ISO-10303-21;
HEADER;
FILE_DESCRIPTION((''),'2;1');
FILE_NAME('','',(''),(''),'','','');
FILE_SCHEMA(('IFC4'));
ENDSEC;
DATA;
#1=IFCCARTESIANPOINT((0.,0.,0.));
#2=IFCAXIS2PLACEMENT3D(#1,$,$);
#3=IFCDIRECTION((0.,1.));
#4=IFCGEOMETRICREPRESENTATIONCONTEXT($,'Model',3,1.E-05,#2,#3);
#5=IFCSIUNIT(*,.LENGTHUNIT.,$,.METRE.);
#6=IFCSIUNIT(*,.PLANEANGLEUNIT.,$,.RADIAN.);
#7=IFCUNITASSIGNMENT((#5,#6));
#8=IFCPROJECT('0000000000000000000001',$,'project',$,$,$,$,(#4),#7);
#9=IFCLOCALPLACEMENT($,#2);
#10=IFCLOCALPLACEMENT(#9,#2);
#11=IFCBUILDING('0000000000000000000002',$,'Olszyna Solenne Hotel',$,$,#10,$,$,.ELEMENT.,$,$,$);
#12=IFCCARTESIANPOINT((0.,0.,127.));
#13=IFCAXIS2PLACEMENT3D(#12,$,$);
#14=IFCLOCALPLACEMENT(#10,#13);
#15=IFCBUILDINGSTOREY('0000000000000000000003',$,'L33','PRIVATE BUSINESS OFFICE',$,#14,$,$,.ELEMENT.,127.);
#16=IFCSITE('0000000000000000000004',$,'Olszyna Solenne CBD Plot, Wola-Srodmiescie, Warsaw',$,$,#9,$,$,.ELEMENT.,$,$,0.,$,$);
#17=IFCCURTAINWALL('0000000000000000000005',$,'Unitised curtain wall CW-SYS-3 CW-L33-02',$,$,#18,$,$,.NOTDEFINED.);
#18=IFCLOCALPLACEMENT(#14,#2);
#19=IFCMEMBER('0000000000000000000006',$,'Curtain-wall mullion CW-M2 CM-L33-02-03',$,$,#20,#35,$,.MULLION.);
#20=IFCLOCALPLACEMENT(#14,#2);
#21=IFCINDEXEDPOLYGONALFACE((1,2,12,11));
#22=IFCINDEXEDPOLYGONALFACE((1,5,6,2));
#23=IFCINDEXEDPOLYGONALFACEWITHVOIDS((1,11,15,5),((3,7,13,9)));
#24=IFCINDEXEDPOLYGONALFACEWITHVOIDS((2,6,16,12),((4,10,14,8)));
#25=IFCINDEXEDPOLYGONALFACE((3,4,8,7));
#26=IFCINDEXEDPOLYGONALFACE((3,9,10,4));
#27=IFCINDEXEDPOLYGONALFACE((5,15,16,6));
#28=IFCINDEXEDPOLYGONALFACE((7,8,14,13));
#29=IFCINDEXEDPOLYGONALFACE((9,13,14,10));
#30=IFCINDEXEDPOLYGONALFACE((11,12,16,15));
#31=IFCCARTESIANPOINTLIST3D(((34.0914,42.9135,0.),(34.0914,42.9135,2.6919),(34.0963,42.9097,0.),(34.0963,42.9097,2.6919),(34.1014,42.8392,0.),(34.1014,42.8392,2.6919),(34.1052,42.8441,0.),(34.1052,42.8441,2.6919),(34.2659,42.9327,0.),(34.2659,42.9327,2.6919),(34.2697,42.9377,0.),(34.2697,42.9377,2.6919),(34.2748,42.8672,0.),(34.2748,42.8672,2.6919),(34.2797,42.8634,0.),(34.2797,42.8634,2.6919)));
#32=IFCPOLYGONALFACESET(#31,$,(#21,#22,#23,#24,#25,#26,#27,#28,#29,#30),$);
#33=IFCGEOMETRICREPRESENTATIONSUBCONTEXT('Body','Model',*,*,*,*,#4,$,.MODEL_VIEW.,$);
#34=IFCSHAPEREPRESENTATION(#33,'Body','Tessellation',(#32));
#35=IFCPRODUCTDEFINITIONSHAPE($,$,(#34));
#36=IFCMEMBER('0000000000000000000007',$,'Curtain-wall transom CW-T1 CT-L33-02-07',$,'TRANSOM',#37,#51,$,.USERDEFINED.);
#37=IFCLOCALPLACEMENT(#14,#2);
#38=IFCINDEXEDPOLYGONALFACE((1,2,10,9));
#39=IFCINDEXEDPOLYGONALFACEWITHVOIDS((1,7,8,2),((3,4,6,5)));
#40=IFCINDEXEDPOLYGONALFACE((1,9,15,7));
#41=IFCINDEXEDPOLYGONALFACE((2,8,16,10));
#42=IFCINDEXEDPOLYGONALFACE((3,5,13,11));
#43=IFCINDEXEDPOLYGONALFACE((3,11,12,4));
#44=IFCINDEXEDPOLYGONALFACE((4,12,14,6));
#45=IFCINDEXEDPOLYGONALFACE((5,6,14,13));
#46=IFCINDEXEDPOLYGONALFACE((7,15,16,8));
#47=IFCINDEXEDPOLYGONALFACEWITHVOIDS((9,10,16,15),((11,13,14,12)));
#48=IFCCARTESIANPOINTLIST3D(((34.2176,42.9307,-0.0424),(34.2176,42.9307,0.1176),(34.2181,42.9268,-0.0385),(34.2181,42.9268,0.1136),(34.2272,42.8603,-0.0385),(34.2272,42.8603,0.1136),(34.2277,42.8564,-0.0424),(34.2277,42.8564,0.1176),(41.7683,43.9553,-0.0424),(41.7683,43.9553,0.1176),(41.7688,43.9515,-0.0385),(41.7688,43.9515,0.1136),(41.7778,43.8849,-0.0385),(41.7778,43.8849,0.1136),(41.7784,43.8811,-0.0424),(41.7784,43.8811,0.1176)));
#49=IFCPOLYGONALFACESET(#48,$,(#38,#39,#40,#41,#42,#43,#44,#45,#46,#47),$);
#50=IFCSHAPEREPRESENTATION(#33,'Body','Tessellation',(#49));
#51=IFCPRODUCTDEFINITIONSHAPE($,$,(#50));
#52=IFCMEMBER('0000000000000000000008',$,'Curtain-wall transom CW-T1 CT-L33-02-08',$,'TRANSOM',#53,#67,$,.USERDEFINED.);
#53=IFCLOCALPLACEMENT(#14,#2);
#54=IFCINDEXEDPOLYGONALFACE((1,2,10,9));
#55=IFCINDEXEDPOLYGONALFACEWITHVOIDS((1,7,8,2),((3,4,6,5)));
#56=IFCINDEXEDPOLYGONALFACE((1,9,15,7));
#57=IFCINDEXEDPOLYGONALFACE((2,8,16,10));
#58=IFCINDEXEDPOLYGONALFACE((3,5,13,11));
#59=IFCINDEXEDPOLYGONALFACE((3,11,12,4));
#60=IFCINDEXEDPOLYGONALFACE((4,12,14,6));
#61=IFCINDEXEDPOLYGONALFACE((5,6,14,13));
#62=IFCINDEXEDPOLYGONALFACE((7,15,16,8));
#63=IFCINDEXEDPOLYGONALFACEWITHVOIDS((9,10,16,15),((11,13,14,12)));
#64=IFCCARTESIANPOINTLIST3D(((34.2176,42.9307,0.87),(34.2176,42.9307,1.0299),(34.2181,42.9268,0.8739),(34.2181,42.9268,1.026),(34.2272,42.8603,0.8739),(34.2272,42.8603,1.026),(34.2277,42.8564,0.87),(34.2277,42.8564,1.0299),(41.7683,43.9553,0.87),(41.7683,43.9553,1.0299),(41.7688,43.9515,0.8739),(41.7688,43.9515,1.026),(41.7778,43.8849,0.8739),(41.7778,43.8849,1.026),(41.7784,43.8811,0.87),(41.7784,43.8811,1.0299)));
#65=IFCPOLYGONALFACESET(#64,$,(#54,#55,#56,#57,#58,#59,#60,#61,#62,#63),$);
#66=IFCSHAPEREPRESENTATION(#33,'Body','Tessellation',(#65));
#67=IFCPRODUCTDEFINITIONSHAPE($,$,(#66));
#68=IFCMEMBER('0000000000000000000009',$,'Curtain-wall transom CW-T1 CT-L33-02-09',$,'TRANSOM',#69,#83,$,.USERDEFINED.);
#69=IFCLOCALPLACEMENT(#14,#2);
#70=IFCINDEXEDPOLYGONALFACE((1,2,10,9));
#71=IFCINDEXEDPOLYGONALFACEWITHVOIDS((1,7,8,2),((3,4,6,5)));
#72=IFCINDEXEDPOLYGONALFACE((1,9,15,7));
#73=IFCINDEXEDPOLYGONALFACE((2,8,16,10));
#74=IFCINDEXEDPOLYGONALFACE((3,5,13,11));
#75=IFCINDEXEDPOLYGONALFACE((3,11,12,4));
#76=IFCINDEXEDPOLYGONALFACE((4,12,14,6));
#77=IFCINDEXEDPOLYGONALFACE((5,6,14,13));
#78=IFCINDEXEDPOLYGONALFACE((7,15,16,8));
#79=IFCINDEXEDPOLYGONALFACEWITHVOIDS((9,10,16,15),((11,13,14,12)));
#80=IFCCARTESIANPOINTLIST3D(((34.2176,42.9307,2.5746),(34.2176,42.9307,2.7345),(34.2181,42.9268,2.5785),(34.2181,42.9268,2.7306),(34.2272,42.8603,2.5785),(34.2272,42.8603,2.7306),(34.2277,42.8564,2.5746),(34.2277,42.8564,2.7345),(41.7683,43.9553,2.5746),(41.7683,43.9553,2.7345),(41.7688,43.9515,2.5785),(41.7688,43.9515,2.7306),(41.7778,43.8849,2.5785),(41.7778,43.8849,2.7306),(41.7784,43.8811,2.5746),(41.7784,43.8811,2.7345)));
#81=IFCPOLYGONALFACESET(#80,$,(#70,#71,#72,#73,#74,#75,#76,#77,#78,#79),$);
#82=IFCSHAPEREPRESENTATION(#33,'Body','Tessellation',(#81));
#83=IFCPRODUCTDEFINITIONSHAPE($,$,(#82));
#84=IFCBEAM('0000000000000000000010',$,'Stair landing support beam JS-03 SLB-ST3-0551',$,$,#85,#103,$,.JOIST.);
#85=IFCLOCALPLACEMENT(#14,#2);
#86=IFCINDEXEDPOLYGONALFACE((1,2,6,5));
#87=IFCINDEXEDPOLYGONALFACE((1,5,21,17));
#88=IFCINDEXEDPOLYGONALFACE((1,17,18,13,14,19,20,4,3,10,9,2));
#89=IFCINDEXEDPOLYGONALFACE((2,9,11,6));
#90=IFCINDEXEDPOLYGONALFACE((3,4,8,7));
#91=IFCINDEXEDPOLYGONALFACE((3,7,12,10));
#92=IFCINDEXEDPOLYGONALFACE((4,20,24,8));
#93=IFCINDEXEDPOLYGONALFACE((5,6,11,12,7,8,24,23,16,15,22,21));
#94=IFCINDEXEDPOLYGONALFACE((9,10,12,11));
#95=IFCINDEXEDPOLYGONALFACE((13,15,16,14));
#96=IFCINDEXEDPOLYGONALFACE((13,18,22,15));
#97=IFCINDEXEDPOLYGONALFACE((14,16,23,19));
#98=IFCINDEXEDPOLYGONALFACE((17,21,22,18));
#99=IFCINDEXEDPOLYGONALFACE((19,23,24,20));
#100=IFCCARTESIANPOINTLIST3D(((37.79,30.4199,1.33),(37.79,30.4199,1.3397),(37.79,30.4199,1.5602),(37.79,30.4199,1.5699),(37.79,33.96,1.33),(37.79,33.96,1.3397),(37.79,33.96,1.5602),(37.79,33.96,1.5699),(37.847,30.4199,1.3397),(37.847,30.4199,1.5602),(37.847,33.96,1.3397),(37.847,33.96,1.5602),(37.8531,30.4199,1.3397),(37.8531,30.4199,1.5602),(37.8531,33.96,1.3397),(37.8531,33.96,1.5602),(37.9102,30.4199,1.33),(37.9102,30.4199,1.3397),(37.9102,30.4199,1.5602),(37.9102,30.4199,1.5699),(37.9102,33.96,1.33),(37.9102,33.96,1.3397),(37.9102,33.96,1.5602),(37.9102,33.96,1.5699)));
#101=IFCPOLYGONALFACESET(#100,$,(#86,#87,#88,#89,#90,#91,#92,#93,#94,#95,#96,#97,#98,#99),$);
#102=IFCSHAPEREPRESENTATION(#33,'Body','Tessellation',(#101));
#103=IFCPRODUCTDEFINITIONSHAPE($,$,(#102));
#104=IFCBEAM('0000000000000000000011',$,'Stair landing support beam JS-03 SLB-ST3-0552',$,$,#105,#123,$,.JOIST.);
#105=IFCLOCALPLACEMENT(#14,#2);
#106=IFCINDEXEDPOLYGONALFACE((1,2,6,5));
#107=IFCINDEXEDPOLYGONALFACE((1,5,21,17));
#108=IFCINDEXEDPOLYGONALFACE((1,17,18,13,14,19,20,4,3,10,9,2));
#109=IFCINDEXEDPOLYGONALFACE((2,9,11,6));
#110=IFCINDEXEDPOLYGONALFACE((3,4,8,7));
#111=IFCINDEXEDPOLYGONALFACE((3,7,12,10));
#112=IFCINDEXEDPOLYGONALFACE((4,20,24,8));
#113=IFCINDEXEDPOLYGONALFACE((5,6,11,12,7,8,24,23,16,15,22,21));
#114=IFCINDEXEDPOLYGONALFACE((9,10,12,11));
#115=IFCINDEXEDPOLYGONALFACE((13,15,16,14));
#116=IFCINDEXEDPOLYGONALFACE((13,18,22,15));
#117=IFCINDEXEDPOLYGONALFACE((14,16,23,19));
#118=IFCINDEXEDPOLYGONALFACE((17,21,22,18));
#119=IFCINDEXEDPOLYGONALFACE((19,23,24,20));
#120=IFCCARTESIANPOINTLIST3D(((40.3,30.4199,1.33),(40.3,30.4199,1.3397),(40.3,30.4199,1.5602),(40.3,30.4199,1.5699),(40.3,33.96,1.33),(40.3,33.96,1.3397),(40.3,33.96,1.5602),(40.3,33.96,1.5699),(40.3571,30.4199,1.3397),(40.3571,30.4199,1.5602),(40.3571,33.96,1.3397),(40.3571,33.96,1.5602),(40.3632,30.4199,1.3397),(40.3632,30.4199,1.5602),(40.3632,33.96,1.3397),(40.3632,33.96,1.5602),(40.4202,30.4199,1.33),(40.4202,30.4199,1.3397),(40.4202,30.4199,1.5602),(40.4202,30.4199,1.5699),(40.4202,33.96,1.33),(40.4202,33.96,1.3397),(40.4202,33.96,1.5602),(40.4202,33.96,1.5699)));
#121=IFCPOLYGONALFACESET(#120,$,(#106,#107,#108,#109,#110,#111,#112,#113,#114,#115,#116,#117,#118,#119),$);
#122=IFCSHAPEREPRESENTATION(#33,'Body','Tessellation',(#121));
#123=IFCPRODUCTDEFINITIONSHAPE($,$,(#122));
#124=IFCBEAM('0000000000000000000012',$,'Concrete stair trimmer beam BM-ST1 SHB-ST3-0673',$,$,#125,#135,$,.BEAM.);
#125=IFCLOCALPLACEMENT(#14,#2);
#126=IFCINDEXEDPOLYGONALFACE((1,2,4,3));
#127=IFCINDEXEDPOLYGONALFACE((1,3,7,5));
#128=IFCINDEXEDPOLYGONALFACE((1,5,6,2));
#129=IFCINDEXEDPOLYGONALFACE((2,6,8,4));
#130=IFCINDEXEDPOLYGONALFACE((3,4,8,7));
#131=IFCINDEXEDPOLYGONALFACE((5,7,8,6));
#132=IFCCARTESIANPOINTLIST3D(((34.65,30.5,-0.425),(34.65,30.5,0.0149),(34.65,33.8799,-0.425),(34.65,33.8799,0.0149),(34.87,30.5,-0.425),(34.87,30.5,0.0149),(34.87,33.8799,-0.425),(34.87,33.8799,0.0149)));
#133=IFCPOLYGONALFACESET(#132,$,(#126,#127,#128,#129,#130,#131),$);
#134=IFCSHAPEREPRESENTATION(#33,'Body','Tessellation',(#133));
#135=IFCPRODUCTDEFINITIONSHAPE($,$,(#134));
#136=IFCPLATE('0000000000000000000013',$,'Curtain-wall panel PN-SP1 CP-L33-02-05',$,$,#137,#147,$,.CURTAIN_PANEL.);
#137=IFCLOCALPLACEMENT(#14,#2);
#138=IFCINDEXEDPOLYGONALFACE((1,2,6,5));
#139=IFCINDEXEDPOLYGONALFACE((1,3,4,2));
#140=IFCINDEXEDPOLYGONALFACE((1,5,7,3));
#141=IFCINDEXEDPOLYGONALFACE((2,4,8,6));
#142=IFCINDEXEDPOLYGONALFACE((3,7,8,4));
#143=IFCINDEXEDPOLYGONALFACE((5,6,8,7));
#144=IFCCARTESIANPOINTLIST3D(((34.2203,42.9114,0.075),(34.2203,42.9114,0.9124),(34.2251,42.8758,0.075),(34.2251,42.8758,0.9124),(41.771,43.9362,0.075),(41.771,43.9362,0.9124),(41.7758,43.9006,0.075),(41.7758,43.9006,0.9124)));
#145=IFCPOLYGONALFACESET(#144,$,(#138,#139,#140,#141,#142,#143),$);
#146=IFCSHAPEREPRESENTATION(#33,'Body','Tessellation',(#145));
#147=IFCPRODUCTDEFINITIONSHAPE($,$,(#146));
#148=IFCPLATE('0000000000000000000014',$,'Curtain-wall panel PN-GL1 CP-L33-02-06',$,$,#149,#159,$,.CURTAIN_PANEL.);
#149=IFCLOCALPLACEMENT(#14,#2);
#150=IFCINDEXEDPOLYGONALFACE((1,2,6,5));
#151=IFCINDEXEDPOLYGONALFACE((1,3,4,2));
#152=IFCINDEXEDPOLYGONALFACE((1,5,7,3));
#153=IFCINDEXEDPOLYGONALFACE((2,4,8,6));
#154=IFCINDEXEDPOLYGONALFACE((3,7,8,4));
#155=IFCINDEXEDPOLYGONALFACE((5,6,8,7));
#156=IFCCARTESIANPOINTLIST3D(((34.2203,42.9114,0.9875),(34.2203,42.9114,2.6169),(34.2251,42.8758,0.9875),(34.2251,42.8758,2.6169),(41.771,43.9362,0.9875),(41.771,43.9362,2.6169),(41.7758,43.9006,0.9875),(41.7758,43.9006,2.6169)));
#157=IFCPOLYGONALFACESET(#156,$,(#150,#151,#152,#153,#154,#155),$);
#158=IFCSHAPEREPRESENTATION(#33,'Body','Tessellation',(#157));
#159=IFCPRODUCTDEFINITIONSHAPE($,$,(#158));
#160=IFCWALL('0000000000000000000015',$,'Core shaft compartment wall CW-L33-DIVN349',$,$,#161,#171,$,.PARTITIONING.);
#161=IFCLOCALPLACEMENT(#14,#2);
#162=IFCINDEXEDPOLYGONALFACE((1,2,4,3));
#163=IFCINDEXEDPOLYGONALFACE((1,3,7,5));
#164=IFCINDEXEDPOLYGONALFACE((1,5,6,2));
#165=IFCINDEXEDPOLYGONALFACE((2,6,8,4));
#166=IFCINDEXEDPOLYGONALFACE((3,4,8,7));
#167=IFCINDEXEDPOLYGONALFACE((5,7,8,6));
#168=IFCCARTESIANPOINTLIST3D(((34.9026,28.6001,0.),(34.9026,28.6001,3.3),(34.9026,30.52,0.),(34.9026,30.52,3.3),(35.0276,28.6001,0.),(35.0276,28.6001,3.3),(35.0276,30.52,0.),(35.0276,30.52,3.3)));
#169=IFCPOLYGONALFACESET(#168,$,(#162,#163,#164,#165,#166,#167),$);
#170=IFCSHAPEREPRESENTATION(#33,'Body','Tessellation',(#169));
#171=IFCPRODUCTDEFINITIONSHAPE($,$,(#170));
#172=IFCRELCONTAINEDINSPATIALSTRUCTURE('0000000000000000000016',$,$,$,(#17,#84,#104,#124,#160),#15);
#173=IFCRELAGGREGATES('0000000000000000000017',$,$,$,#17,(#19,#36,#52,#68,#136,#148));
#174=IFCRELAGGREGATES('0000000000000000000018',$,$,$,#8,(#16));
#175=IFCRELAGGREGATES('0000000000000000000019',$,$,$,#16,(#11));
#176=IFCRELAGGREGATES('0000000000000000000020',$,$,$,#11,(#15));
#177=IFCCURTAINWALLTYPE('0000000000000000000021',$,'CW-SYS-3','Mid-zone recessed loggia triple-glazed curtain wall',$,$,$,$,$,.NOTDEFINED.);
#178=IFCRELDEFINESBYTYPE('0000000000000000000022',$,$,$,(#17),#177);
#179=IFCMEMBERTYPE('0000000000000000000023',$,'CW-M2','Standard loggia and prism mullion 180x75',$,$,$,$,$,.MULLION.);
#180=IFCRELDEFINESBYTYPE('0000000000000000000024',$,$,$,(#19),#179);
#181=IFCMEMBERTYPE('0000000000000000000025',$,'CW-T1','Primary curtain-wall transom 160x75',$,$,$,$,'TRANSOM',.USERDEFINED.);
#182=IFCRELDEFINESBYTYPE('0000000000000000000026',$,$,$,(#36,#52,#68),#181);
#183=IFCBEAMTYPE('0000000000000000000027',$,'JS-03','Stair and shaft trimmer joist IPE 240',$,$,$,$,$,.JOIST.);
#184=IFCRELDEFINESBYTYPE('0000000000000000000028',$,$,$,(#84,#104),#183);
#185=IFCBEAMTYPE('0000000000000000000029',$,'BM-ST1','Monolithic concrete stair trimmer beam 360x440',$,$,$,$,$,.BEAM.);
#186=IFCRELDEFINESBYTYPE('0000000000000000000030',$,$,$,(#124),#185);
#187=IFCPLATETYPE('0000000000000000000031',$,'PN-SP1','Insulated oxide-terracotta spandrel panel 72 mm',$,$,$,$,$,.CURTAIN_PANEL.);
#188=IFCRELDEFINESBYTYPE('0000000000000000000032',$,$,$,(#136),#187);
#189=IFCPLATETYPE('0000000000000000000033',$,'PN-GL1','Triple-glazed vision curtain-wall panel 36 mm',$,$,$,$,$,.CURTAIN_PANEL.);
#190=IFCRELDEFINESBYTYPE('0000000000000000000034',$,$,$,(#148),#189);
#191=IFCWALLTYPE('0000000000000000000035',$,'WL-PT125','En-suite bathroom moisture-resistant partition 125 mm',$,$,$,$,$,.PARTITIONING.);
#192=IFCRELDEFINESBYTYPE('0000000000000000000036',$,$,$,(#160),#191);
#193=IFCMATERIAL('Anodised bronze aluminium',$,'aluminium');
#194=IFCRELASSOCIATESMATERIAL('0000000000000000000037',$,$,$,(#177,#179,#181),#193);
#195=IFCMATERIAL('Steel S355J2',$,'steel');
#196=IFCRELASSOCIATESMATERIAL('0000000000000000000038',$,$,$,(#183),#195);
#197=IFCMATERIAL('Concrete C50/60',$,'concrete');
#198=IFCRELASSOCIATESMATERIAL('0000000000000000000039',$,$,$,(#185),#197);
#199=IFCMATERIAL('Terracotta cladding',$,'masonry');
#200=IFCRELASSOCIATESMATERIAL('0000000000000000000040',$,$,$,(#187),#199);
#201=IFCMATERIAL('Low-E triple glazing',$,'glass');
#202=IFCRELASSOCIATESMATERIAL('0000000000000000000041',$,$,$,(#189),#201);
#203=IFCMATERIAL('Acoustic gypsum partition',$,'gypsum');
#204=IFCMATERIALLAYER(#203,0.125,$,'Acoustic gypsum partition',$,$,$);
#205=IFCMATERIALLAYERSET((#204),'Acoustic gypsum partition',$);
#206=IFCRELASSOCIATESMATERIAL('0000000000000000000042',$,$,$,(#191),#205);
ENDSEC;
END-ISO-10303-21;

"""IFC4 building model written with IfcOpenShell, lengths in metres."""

from ifc_helpers import new_model, si_unit, direction, frame, frame_2d, origin, origin_2d, place, context, subcontext, project, spatial, rectangle, hollow_rectangle, i_section, extrude, source, transform, mapped, material, layer, layer_set, material_profile, profile_set, type_object, element, aggregate, save


model = new_model("IFC4")

# Units and contexts
model_context = context("Model", 3, precision=1e-05, world=origin(), true_north=direction((0.0, 1.0)))
body_context = subcontext(model_context, "Body", "Model", "MODEL_VIEW")
ifc_project = project(units=[si_unit("LENGTHUNIT", "METRE"), si_unit("PLANEANGLEUNIT", "RADIAN")], contexts=[model_context])

# Site, building, storey
site_placement = place(None, origin())
site = spatial("IfcSite", under=ifc_project, at=site_placement, Name="Olszyna Solenne CBD Plot, Wola-Srodmiescie, Warsaw", CompositionType="ELEMENT", RefElevation=0.0)
building_placement = place(site_placement, origin())
building = spatial("IfcBuilding", under=site, at=building_placement, Name="Olszyna Solenne Hotel", CompositionType="ELEMENT")
storey_placement = place(building_placement, frame((0.0, 0.0, 127.0)))
storey = spatial("IfcBuildingStorey", under=building, at=storey_placement, Name="L33", Description="PRIVATE BUSINESS OFFICE", CompositionType="ELEMENT", Elevation=127.0)

# Curtain wall, members
ifc_material_1 = material(Name="Anodised bronze aluminium", Category="aluminium")
curtain_wall_type = type_object("IfcCurtainWallType", Name="CW-SYS-3", Description="Mid-zone recessed loggia triple-glazed curtain wall", PredefinedType="NOTDEFINED", material=ifc_material_1)
curtain_wall_placement = place(storey_placement, origin())
curtain_wall = element("IfcCurtainWall", 1, at=curtain_wall_placement, inside=storey, type_object=curtain_wall_type, Name="Unitised curtain wall CW-SYS-3 CW-L33-02", PredefinedType="NOTDEFINED")
ifc_material_profile_1 = material_profile(ifc_material_1, hollow_rectangle(XDim=0.075, YDim=0.1799, WallThickness=0.0044, at=origin_2d()), Name="MULL 180x75x4.5", Category="load-bearing")
ifc_profile_set_1 = profile_set([ifc_material_profile_1], Name="Anodised bronze aluminium")
member_type_1 = type_object("IfcMemberType", Name="CW-M2", Description="Standard loggia and prism mullion 180x75", PredefinedType="MULLION", material=ifc_profile_set_1)
shared_shape_1 = source(origin(), body_context, "Body", "SweptSolid", [
    extrude(hollow_rectangle(XDim=0.075, YDim=0.1799, WallThickness=0.0044, at=origin_2d()), origin(), (0.0, 0.0, 1.0), 2.6919),
])
member_1_placement = place(storey_placement, frame((34.1855, 42.8884, 0.0), z_axis=(0.0, 0.0, 1.0), x_axis=(-0.134485, 0.990916, 0.0)))
member_1 = element("IfcMember", 2, at=member_1_placement, type_object=member_type_1, Name="Curtain-wall mullion CW-M2 CM-L33-02-03", PredefinedType="MULLION", context=body_context, shape_type="MappedRepresentation", body=[
    mapped(shared_shape_1, transform((0.0, 0.0, 0.0), x_axis=(1.0, 0.0, 0.0), y_axis=(0.0, 1.0, 0.0), z_axis=(0.0, 0.0, 1.0), scale=1.0)),
])
ifc_material_profile_2 = material_profile(ifc_material_1, hollow_rectangle(XDim=0.075, YDim=0.1599, WallThickness=0.0039, at=origin_2d()), Name="TRAN 160x75x4", Category="load-bearing")
ifc_profile_set_2 = profile_set([ifc_material_profile_2], Name="Anodised bronze aluminium")
member_type_2 = type_object("IfcMemberType", Name="CW-T1", Description="Primary curtain-wall transom 160x75", ElementType="TRANSOM", PredefinedType="USERDEFINED", material=ifc_profile_set_2)
shared_shape_2 = source(origin(), body_context, "Body", "SweptSolid", [
    extrude(hollow_rectangle(XDim=0.075, YDim=0.1599, WallThickness=0.0039, at=origin_2d()), origin(), (0.0, 0.0, 1.0), 7.6199),
])
member_2_placement = place(storey_placement, frame((34.2227, 42.8936, 0.0376), z_axis=(0.990918, 0.13447, 0.0), x_axis=(-0.13447, 0.990918, 0.0)))
member_2 = element("IfcMember", 3, at=member_2_placement, type_object=member_type_2, Name="Curtain-wall transom CW-T1 CT-L33-02-07", ObjectType="TRANSOM", PredefinedType="USERDEFINED", context=body_context, shape_type="MappedRepresentation", body=[
    mapped(shared_shape_2, transform((0.0, 0.0, 0.0), x_axis=(1.0, 0.0, 0.0), y_axis=(0.0, 1.0, 0.0), z_axis=(0.0, 0.0, 1.0), scale=1.0)),
])
member_3_placement = place(storey_placement, frame((34.2227, 42.8936, 0.95), z_axis=(0.990918, 0.13447, 0.0), x_axis=(-0.13447, 0.990918, 0.0)))
member_3 = element("IfcMember", 4, at=member_3_placement, type_object=member_type_2, Name="Curtain-wall transom CW-T1 CT-L33-02-08", ObjectType="TRANSOM", PredefinedType="USERDEFINED", context=body_context, shape_type="MappedRepresentation", body=[
    mapped(shared_shape_2, transform((0.0, 0.0, 0.0), x_axis=(1.0, 0.0, 0.0), y_axis=(0.0, 1.0, 0.0), z_axis=(0.0, 0.0, 1.0), scale=1.0)),
])
member_4_placement = place(storey_placement, frame((34.2227, 42.8936, 2.6545), z_axis=(0.990918, 0.13447, 0.0), x_axis=(-0.13447, 0.990918, 0.0)))
member_4 = element("IfcMember", 5, at=member_4_placement, type_object=member_type_2, Name="Curtain-wall transom CW-T1 CT-L33-02-09", ObjectType="TRANSOM", PredefinedType="USERDEFINED", context=body_context, shape_type="MappedRepresentation", body=[
    mapped(shared_shape_2, transform((0.0, 0.0, 0.0), x_axis=(1.0, 0.0, 0.0), y_axis=(0.0, 1.0, 0.0), z_axis=(0.0, 0.0, 1.0), scale=1.0)),
])

# Beams
ifc_material_2 = material(Name="Steel S355J2", Category="steel")
ifc_material_profile_3 = material_profile(ifc_material_2, i_section(OverallWidth=0.1201, OverallDepth=0.24, WebThickness=0.0061, FlangeThickness=0.0098, at=origin_2d()), Name="IPE 240", Category="load-bearing")
ifc_profile_set_3 = profile_set([ifc_material_profile_3], Name="Steel S355J2")
beam_type_1 = type_object("IfcBeamType", Name="JS-03", Description="Stair and shaft trimmer joist IPE 240", PredefinedType="JOIST", material=ifc_profile_set_3)
shared_shape_3 = source(origin(), body_context, "Body", "SweptSolid", [
    extrude(i_section(OverallWidth=0.1201, OverallDepth=0.24, WebThickness=0.0061, FlangeThickness=0.0098, at=origin_2d()), origin(), (0.0, 0.0, 1.0), 3.54),
])
for number, where, z_axis, x_axis, name in (
    (6, (37.8501, 30.4199, 1.45), (0.0, 1.0, 0.0), (-1.0, 0.0, 0.0), "Stair landing support beam JS-03 SLB-ST3-0551"),
    (7, (40.3601, 30.4199, 1.45), (0.0, 1.0, 0.0), (-1.0, 0.0, 0.0), "Stair landing support beam JS-03 SLB-ST3-0552"),
):
    element("IfcBeam", number, at=place(storey_placement, frame(where, z_axis=z_axis, x_axis=x_axis)), inside=storey, type_object=beam_type_1, Name=name, PredefinedType="JOIST", context=body_context, shape_type="MappedRepresentation", body=[
        mapped(shared_shape_3, transform((0.0, 0.0, 0.0), x_axis=(1.0, 0.0, 0.0), y_axis=(0.0, 1.0, 0.0), z_axis=(0.0, 0.0, 1.0), scale=1.0)),
    ])
ifc_material_3 = material(Name="Concrete C50/60", Category="concrete")
ifc_material_profile_4 = material_profile(ifc_material_3, rectangle(XDim=0.22, YDim=0.4399, at=origin_2d()), Name="RC 220x440", Category="load-bearing")
ifc_profile_set_4 = profile_set([ifc_material_profile_4], Name="Concrete C50/60")
beam_type_2 = type_object("IfcBeamType", Name="BM-ST1", Description="Monolithic concrete stair trimmer beam 360x440", PredefinedType="BEAM", material=ifc_profile_set_4)
shared_shape_4 = source(origin(), body_context, "Body", "SweptSolid", [
    extrude(rectangle(XDim=0.22, YDim=0.4399, at=origin_2d()), origin(), (0.0, 0.0, 1.0), 3.3799),
])
beam_placement = place(storey_placement, frame((34.76, 30.5, -0.2051), z_axis=(0.0, 1.0, 0.0), x_axis=(-1.0, 0.0, 0.0)))
element("IfcBeam", 8, at=beam_placement, inside=storey, type_object=beam_type_2, Name="Concrete stair trimmer beam BM-ST1 SHB-ST3-0673", PredefinedType="BEAM", context=body_context, shape_type="MappedRepresentation", body=[
    mapped(shared_shape_4, transform((0.0, 0.0, 0.0), x_axis=(1.0, 0.0, 0.0), y_axis=(0.0, 1.0, 0.0), z_axis=(0.0, 0.0, 1.0), scale=1.0)),
])

# Plates
ifc_material_4 = material(Name="Terracotta cladding", Category="masonry")
plate_type_1 = type_object("IfcPlateType", Name="PN-SP1", Description="Insulated oxide-terracotta spandrel panel 72 mm", PredefinedType="CURTAIN_PANEL", material=ifc_material_4)
shared_shape_5 = source(origin(), body_context, "Body", "SweptSolid", [
    extrude(rectangle(XDim=7.6199, YDim=0.0359, at=origin_2d()), origin(), (0.0, 0.0, 1.0), 0.8374),
])
plate_1_placement = place(storey_placement, frame((37.998, 43.406, 0.075), z_axis=(0.0, 0.0, 1.0), x_axis=(0.990916, 0.134485, 0.0)))
plate_1 = element("IfcPlate", 9, at=plate_1_placement, type_object=plate_type_1, Name="Curtain-wall panel PN-SP1 CP-L33-02-05", PredefinedType="CURTAIN_PANEL", context=body_context, shape_type="MappedRepresentation", body=[
    mapped(shared_shape_5, transform((0.0, 0.0, 0.0), x_axis=(1.0, 0.0, 0.0), y_axis=(0.0, 1.0, 0.0), z_axis=(0.0, 0.0, 1.0), scale=1.0)),
])
ifc_material_5 = material(Name="Low-E triple glazing", Category="glass")
plate_type_2 = type_object("IfcPlateType", Name="PN-GL1", Description="Triple-glazed vision curtain-wall panel 36 mm", PredefinedType="CURTAIN_PANEL", material=ifc_material_5)
shared_shape_6 = source(origin(), body_context, "Body", "SweptSolid", [
    extrude(rectangle(XDim=7.6199, YDim=0.0359, at=origin_2d()), origin(), (0.0, 0.0, 1.0), 1.6294),
])
plate_2_placement = place(storey_placement, frame((37.998, 43.406, 0.9875), z_axis=(0.0, 0.0, 1.0), x_axis=(0.990916, 0.134485, 0.0)))
plate_2 = element("IfcPlate", 10, at=plate_2_placement, type_object=plate_type_2, Name="Curtain-wall panel PN-GL1 CP-L33-02-06", PredefinedType="CURTAIN_PANEL", context=body_context, shape_type="MappedRepresentation", body=[
    mapped(shared_shape_6, transform((0.0, 0.0, 0.0), x_axis=(1.0, 0.0, 0.0), y_axis=(0.0, 1.0, 0.0), z_axis=(0.0, 0.0, 1.0), scale=1.0)),
])
aggregate(curtain_wall, [member_1, member_2, member_3, member_4, plate_1, plate_2])

# Wall
ifc_material_6 = material(Name="Acoustic gypsum partition", Category="gypsum")
ifc_layer_1 = layer(ifc_material_6, 0.125, Name="Acoustic gypsum partition")
ifc_layer_set_1 = layer_set([ifc_layer_1], Name="Acoustic gypsum partition")
wall_type_1 = type_object("IfcWallType", Name="WL-PT125", Description="En-suite bathroom moisture-resistant partition 125 mm", PredefinedType="PARTITIONING", material=ifc_layer_set_1)
for number, where, z_axis, x_axis, name in (
    (11, (34.9651, 28.6001, 0.0), (0.0, 0.0, 1.0), (0.0, 1.0, 0.0), "Core shaft compartment wall CW-L33-DIVN349"),
):
    element("IfcWall", number, at=place(storey_placement, frame(where, z_axis=z_axis, x_axis=x_axis)), inside=storey, type_object=wall_type_1, Name=name, PredefinedType="PARTITIONING", context=body_context, shape_type="SweptSolid", body=[
        extrude(rectangle(XDim=1.9199, YDim=0.125, at=frame_2d((0.96, 0.0))), origin(), (0.0, 0.0, 1.0), 3.3),
    ])

save(model, "model.ifc")
